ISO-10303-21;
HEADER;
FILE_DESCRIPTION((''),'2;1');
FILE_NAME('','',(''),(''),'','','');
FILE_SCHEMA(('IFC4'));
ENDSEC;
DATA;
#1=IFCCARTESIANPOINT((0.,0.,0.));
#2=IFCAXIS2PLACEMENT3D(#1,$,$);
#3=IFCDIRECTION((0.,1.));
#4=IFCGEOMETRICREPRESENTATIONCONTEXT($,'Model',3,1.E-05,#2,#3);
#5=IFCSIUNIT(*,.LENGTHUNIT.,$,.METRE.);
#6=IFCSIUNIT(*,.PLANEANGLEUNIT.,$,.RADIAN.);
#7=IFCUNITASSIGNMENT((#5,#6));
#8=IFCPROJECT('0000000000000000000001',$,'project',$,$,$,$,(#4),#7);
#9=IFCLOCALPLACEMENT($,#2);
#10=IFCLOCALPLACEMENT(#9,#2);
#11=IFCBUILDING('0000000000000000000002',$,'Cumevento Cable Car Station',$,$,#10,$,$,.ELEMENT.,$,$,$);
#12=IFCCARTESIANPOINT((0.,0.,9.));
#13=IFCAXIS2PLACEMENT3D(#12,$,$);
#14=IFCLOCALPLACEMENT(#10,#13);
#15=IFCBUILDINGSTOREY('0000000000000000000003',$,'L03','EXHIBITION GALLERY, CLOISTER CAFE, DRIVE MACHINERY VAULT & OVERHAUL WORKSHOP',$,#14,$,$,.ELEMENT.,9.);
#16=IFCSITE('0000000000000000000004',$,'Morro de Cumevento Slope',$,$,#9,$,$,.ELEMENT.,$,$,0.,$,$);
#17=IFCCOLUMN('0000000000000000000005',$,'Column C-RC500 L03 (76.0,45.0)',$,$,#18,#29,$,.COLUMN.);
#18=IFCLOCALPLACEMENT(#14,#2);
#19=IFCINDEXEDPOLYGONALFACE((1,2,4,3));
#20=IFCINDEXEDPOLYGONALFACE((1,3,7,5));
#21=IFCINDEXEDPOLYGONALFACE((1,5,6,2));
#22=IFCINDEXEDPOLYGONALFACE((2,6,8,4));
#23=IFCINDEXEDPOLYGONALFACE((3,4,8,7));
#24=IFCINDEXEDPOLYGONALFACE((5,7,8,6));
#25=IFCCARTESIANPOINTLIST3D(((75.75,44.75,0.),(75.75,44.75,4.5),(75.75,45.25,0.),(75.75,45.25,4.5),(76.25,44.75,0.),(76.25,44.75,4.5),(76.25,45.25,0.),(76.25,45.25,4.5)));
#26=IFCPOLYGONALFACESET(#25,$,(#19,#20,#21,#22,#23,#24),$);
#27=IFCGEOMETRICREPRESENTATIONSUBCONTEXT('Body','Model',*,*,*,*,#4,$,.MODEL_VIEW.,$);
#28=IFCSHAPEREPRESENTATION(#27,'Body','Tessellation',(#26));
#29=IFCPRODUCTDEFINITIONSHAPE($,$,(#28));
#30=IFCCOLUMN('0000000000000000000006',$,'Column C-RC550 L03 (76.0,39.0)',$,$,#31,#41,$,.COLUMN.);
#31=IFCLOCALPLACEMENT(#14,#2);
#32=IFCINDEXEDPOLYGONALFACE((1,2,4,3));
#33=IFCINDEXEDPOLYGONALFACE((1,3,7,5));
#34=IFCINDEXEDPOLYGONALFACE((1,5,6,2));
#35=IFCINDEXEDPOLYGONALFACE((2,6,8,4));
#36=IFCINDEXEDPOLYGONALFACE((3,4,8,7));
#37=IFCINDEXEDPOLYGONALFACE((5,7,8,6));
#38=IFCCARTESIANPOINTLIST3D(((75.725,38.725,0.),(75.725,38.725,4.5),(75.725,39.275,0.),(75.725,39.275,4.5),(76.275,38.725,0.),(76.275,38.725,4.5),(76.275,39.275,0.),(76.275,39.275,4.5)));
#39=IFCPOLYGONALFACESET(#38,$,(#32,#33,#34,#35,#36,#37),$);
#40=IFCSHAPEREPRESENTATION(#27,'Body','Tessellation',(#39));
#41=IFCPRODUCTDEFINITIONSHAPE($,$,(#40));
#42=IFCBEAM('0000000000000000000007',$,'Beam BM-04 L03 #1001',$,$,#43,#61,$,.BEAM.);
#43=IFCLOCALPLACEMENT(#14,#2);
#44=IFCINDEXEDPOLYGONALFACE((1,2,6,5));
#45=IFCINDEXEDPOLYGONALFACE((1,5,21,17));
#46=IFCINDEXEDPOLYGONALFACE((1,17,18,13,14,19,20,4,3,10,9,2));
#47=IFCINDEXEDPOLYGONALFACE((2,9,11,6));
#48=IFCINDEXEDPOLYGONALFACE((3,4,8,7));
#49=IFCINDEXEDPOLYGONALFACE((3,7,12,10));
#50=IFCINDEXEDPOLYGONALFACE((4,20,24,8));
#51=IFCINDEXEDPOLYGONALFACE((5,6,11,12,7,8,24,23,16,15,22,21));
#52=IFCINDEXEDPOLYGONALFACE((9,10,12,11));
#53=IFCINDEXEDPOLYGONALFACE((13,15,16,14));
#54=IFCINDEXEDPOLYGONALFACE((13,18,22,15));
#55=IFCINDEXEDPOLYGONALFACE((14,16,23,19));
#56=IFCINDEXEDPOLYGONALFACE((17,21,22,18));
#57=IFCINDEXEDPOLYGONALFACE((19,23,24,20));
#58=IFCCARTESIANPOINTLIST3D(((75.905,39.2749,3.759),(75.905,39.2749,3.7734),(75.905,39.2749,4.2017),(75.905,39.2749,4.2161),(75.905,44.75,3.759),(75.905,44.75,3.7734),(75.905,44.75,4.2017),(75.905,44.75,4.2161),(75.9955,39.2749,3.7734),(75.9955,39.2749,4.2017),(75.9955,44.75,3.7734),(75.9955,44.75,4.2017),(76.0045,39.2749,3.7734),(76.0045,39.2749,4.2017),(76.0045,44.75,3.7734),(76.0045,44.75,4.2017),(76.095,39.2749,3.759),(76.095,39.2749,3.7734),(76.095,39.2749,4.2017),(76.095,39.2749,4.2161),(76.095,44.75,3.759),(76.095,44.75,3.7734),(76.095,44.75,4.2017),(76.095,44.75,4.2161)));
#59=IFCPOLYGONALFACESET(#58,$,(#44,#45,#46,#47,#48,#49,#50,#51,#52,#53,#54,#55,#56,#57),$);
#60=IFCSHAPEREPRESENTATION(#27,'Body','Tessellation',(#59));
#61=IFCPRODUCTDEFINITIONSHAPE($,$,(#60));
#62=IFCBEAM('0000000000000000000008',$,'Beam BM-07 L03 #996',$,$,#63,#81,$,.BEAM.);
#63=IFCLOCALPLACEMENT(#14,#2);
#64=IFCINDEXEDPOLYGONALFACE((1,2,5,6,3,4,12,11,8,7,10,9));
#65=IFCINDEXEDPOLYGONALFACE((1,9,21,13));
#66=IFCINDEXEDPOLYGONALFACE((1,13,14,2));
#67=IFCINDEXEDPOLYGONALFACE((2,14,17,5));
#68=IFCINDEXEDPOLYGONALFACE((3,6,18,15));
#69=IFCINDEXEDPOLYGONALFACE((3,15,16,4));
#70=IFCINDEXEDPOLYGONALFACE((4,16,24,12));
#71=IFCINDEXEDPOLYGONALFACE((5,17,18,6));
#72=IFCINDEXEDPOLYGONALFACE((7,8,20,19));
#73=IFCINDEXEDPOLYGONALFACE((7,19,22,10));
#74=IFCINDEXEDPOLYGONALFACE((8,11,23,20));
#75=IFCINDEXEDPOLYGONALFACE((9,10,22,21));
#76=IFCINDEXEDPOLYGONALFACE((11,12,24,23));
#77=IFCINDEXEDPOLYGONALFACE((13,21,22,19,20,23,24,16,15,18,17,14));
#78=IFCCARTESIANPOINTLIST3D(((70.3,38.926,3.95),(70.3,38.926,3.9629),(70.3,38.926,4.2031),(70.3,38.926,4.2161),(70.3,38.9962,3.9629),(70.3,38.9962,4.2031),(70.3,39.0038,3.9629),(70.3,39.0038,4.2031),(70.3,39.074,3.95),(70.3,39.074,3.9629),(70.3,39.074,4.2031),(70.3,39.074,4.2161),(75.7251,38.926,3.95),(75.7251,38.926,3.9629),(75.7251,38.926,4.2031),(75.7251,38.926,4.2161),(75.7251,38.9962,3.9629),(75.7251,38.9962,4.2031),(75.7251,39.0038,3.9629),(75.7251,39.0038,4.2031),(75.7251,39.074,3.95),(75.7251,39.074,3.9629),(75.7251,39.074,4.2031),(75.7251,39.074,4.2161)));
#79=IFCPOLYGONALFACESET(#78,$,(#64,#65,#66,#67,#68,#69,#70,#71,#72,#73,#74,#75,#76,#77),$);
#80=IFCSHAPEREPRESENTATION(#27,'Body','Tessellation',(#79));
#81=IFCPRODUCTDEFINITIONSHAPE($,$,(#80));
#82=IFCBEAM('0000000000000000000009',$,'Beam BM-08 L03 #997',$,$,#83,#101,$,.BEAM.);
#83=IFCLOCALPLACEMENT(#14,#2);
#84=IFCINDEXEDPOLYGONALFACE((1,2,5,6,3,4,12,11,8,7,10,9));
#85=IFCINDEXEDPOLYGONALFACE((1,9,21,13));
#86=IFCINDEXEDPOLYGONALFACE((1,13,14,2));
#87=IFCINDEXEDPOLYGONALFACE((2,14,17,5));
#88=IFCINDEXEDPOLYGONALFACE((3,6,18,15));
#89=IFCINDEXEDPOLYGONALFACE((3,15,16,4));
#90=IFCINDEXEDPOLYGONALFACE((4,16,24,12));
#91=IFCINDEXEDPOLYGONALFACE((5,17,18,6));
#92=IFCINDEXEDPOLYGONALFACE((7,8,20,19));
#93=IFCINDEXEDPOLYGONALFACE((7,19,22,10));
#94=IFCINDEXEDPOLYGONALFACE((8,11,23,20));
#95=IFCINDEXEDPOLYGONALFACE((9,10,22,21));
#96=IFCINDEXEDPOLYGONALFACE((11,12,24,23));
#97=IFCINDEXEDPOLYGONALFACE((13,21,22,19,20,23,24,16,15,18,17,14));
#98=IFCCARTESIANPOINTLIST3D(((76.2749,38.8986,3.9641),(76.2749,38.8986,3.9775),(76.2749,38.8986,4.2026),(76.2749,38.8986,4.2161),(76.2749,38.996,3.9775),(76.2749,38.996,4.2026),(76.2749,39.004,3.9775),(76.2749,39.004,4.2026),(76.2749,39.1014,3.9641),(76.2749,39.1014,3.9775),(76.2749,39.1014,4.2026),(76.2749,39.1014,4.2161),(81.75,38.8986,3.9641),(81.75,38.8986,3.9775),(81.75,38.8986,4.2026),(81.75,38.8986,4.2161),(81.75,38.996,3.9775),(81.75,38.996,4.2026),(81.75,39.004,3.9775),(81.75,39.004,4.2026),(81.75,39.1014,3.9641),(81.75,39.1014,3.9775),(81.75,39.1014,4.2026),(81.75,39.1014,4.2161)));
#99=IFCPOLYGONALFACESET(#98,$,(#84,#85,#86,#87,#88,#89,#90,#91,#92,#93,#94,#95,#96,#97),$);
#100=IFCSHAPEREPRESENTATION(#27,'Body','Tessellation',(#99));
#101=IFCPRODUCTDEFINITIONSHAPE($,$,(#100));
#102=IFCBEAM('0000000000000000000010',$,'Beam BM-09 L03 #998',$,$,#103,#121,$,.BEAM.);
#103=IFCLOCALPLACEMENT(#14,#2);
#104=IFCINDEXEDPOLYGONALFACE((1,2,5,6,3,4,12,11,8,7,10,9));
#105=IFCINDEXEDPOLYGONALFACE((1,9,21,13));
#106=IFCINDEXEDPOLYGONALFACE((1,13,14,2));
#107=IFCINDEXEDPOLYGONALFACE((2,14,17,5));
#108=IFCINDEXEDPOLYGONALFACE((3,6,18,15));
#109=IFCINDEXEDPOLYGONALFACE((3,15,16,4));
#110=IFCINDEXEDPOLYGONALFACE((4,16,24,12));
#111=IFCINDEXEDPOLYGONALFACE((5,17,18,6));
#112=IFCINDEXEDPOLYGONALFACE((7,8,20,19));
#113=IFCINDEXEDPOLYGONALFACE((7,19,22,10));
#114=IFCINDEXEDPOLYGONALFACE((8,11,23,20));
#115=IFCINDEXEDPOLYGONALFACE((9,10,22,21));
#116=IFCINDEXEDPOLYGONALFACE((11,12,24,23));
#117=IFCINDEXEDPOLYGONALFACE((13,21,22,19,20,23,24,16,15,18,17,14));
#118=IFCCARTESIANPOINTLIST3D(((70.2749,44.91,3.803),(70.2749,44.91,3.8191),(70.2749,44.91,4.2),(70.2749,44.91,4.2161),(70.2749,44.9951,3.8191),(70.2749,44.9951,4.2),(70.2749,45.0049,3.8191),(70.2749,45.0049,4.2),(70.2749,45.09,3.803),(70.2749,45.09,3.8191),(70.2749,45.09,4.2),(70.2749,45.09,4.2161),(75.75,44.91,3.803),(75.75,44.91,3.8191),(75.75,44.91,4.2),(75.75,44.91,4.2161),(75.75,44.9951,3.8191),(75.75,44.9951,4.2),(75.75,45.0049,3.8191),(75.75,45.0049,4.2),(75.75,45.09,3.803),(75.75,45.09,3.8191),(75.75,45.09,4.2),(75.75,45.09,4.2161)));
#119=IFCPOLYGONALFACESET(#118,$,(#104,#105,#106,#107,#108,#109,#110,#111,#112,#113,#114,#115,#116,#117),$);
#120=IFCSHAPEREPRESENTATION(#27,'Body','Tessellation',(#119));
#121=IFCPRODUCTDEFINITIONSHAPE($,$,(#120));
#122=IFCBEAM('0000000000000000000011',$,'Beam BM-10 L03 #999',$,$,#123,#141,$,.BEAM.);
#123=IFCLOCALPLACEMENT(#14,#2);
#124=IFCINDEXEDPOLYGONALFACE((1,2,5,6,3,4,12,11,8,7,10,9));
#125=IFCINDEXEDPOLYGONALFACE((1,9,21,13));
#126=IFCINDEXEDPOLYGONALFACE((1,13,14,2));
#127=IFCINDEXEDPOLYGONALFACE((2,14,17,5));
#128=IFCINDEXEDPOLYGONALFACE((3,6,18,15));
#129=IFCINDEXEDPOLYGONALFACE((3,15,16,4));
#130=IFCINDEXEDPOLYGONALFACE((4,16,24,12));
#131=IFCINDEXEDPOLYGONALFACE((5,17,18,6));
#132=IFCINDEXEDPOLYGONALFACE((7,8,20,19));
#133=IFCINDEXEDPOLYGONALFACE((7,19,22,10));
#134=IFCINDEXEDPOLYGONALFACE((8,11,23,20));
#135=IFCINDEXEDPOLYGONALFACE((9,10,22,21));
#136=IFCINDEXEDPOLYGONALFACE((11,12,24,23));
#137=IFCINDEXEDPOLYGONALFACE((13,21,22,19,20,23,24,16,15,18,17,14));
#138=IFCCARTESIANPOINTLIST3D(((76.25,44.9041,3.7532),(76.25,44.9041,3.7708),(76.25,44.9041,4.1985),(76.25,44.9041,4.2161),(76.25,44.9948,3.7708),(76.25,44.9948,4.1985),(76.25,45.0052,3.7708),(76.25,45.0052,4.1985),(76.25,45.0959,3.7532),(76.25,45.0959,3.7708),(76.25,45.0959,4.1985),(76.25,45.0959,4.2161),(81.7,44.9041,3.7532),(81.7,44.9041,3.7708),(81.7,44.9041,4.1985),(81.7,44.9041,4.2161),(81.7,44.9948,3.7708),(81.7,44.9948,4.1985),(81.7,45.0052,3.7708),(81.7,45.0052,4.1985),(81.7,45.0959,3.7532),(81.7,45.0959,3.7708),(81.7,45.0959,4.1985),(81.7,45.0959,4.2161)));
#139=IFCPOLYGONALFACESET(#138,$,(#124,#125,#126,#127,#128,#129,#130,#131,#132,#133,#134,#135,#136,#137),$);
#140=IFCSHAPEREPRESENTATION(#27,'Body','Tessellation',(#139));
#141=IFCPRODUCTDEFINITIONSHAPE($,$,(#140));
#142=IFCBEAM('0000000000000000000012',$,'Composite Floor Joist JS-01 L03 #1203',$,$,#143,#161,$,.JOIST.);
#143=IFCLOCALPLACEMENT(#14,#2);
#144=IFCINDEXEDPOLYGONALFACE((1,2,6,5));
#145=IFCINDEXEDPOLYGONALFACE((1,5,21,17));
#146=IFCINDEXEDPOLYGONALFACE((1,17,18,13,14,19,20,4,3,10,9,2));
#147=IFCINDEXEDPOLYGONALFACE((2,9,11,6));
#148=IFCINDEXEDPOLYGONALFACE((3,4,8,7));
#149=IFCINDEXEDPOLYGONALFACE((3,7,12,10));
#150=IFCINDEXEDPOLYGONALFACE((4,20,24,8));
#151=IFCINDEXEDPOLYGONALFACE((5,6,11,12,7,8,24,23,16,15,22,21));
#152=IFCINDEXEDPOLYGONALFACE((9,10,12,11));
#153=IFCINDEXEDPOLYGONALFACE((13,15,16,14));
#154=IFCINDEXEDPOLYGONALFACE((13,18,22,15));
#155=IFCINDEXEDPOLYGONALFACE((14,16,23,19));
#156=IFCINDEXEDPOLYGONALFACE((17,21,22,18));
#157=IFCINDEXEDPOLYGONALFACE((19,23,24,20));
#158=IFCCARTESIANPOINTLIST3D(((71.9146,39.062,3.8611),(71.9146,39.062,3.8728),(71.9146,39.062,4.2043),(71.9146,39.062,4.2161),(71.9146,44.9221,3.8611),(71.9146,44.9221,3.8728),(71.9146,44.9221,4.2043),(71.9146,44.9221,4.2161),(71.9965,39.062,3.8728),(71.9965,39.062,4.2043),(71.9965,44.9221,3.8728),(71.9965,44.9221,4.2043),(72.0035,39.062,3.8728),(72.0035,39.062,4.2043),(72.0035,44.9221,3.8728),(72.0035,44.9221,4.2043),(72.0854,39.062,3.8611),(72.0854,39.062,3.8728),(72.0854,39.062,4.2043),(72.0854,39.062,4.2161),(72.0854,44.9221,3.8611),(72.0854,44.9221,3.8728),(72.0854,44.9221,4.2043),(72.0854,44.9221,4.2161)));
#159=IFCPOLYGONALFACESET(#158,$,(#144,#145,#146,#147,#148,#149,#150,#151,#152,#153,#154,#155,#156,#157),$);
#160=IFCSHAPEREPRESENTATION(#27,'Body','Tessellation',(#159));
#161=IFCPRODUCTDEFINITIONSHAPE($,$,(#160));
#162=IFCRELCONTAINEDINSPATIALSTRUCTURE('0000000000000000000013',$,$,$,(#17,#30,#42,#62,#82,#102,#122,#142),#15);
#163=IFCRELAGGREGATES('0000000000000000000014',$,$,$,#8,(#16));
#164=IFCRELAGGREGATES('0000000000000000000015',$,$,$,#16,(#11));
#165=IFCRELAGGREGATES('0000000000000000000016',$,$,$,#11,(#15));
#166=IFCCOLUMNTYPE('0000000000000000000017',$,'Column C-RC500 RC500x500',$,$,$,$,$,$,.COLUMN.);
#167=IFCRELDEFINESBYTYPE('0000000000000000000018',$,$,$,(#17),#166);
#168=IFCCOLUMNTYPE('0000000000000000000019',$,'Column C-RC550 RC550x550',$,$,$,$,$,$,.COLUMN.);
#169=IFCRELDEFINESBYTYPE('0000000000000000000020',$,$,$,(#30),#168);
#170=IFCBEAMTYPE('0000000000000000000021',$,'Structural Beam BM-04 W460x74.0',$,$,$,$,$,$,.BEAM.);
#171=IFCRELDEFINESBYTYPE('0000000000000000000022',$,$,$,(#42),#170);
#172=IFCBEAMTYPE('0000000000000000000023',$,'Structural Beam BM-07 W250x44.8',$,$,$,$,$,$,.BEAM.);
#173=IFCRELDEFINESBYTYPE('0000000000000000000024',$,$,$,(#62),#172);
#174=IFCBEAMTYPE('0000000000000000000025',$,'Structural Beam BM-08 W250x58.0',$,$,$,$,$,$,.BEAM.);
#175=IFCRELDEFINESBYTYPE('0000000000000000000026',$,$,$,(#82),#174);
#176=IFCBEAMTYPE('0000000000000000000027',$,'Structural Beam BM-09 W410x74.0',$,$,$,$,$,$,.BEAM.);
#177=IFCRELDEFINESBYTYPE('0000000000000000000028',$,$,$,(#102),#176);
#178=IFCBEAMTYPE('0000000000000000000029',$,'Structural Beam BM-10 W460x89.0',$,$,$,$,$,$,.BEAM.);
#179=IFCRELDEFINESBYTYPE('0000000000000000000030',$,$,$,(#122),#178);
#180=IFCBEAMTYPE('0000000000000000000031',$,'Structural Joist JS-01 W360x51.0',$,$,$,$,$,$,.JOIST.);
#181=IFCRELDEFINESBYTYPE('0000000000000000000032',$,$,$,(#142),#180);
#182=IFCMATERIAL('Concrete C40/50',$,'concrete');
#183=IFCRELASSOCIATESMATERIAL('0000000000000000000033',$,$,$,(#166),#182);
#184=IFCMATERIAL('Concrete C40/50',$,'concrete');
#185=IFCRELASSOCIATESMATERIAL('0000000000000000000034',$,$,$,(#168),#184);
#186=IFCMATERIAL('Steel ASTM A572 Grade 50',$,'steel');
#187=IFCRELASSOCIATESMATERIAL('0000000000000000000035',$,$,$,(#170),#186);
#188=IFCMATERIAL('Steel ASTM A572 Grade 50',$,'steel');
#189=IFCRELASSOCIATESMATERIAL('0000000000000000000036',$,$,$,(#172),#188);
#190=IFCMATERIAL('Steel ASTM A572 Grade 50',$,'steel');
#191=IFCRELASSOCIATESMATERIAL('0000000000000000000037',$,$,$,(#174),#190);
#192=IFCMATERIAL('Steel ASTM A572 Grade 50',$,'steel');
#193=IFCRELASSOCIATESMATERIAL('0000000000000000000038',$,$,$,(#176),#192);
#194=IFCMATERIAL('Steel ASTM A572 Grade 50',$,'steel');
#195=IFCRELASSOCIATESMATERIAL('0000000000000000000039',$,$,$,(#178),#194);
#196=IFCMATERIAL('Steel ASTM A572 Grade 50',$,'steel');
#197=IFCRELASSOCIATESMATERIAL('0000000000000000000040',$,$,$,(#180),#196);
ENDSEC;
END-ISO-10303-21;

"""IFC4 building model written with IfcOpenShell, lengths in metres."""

from ifc_helpers import new_model, si_unit, direction, frame, origin, origin_2d, place, context, subcontext, project, spatial, rectangle, i_section, extrude, material, material_profile, profile_set, type_object, element, save


model = new_model("IFC4")

# Units and contexts
model_context = context("Model", 3, precision=1e-05, world=origin(), true_north=direction((0.0, 1.0)))
body_context = subcontext(model_context, "Body", "Model", "MODEL_VIEW")
ifc_project = project(units=[si_unit("LENGTHUNIT", "METRE"), si_unit("PLANEANGLEUNIT", "RADIAN")], contexts=[model_context])

# Site, building, storey
site_placement = place(None, origin())
site = spatial("IfcSite", under=ifc_project, at=site_placement, Name="Morro de Cumevento Slope", CompositionType="ELEMENT", RefElevation=0.0)
building_placement = place(site_placement, origin())
building = spatial("IfcBuilding", under=site, at=building_placement, Name="Cumevento Cable Car Station", CompositionType="ELEMENT")
storey_placement = place(building_placement, frame((0.0, 0.0, 9.0)))
storey = spatial("IfcBuildingStorey", under=building, at=storey_placement, Name="L03", Description="EXHIBITION GALLERY, CLOISTER CAFE, DRIVE MACHINERY VAULT & OVERHAUL WORKSHOP", CompositionType="ELEMENT", Elevation=9.0)

# Columns
ifc_material_1 = material(Name="Concrete C40/50", Category="concrete")
ifc_material_profile_1 = material_profile(ifc_material_1, rectangle(XDim=0.5, YDim=0.5, at=origin_2d()), Name="RC500x500")
ifc_profile_set_1 = profile_set([ifc_material_profile_1], Name="Concrete C40/50")
column_type_1 = type_object("IfcColumnType", Name="Column C-RC500 RC500x500", PredefinedType="COLUMN", material=ifc_profile_set_1)
column_1_placement = place(storey_placement, frame((76.0, 45.0, 0.0), z_axis=(0.0, 0.0, 1.0), x_axis=(1.0, 0.0, 0.0)))
element("IfcColumn", 1, at=column_1_placement, inside=storey, type_object=column_type_1, Name="Column C-RC500 L03 (76.0,45.0)", PredefinedType="COLUMN", context=body_context, shape_type="SweptSolid", body=[
    extrude(rectangle(XDim=0.5, YDim=0.5, at=origin_2d()), origin(), (0.0, 0.0, 1.0), 4.5),
])
ifc_material_2 = material(Name="Concrete C40/50", Category="concrete")
ifc_material_profile_2 = material_profile(ifc_material_2, rectangle(XDim=0.55, YDim=0.55, at=origin_2d()), Name="RC550x550")
ifc_profile_set_2 = profile_set([ifc_material_profile_2], Name="Concrete C40/50")
column_type_2 = type_object("IfcColumnType", Name="Column C-RC550 RC550x550", PredefinedType="COLUMN", material=ifc_profile_set_2)
column_2_placement = place(storey_placement, frame((76.0, 39.0, 0.0), z_axis=(0.0, 0.0, 1.0), x_axis=(1.0, 0.0, 0.0)))
element("IfcColumn", 2, at=column_2_placement, inside=storey, type_object=column_type_2, Name="Column C-RC550 L03 (76.0,39.0)", PredefinedType="COLUMN", context=body_context, shape_type="SweptSolid", body=[
    extrude(rectangle(XDim=0.55, YDim=0.55, at=origin_2d()), origin(), (0.0, 0.0, 1.0), 4.5),
])

# Beams
ifc_material_3 = material(Name="Steel ASTM A572 Grade 50", Category="steel")
ifc_material_profile_3 = material_profile(ifc_material_3, i_section(OverallWidth=0.1899, OverallDepth=0.457, WebThickness=0.009, FlangeThickness=0.0144, at=origin_2d()), Name="W460x74.0")
ifc_profile_set_3 = profile_set([ifc_material_profile_3], Name="Steel ASTM A572 Grade 50")
beam_type_1 = type_object("IfcBeamType", Name="Structural Beam BM-04 W460x74.0", PredefinedType="BEAM", material=ifc_profile_set_3)
beam_1_placement = place(storey_placement, frame((76.0, 39.2749, 3.9875), z_axis=(0.0, 1.0, 0.0), x_axis=(-1.0, 0.0, 0.0)))
element("IfcBeam", 3, at=beam_1_placement, inside=storey, type_object=beam_type_1, Name="Beam BM-04 L03 #1001", PredefinedType="BEAM", context=body_context, shape_type="SweptSolid", body=[
    extrude(i_section(OverallWidth=0.1899, OverallDepth=0.457, WebThickness=0.009, FlangeThickness=0.0144, at=origin_2d()), origin(), (0.0, 0.0, 1.0), 5.4751),
])
ifc_material_4 = material(Name="Steel ASTM A572 Grade 50", Category="steel")
ifc_material_profile_4 = material_profile(ifc_material_4, i_section(OverallWidth=0.1479, OverallDepth=0.2661, WebThickness=0.0076, FlangeThickness=0.0129, at=origin_2d()), Name="W250x44.8")
ifc_profile_set_4 = profile_set([ifc_material_profile_4], Name="Steel ASTM A572 Grade 50")
beam_type_2 = type_object("IfcBeamType", Name="Structural Beam BM-07 W250x44.8", PredefinedType="BEAM", material=ifc_profile_set_4)
beam_2_placement = place(storey_placement, frame((70.3, 39.0, 4.083), z_axis=(1.0, 0.0, 0.0), x_axis=(0.0, 1.0, 0.0)))
element("IfcBeam", 4, at=beam_2_placement, inside=storey, type_object=beam_type_2, Name="Beam BM-07 L03 #996", PredefinedType="BEAM", context=body_context, shape_type="SweptSolid", body=[
    extrude(i_section(OverallWidth=0.1479, OverallDepth=0.2661, WebThickness=0.0076, FlangeThickness=0.0129, at=origin_2d()), origin(), (0.0, 0.0, 1.0), 5.425),
])
ifc_material_5 = material(Name="Steel ASTM A572 Grade 50", Category="steel")
ifc_material_profile_5 = material_profile(ifc_material_5, i_section(OverallWidth=0.2029, OverallDepth=0.252, WebThickness=0.0081, FlangeThickness=0.0134, at=origin_2d()), Name="W250x58.0")
ifc_profile_set_5 = profile_set([ifc_material_profile_5], Name="Steel ASTM A572 Grade 50")
beam_type_3 = type_object("IfcBeamType", Name="Structural Beam BM-08 W250x58.0", PredefinedType="BEAM", material=ifc_profile_set_5)
beam_3_placement = place(storey_placement, frame((76.2749, 39.0, 4.0901), z_axis=(1.0, 0.0, 0.0), x_axis=(0.0, 1.0, 0.0)))
element("IfcBeam", 5, at=beam_3_placement, inside=storey, type_object=beam_type_3, Name="Beam BM-08 L03 #997", PredefinedType="BEAM", context=body_context, shape_type="SweptSolid", body=[
    extrude(i_section(OverallWidth=0.2029, OverallDepth=0.252, WebThickness=0.0081, FlangeThickness=0.0134, at=origin_2d()), origin(), (0.0, 0.0, 1.0), 5.4751),
])
ifc_material_6 = material(Name="Steel ASTM A572 Grade 50", Category="steel")
ifc_material_profile_6 = material_profile(ifc_material_6, i_section(OverallWidth=0.1799, OverallDepth=0.4131, WebThickness=0.0098, FlangeThickness=0.0161, at=origin_2d()), Name="W410x74.0")
ifc_profile_set_6 = profile_set([ifc_material_profile_6], Name="Steel ASTM A572 Grade 50")
beam_type_4 = type_object("IfcBeamType", Name="Structural Beam BM-09 W410x74.0", PredefinedType="BEAM", material=ifc_profile_set_6)
beam_4_placement = place(storey_placement, frame((70.2749, 45.0, 4.0095), z_axis=(1.0, 0.0, 0.0), x_axis=(0.0, 1.0, 0.0)))
element("IfcBeam", 6, at=beam_4_placement, inside=storey, type_object=beam_type_4, Name="Beam BM-09 L03 #998", PredefinedType="BEAM", context=body_context, shape_type="SweptSolid", body=[
    extrude(i_section(OverallWidth=0.1799, OverallDepth=0.4131, WebThickness=0.0098, FlangeThickness=0.0161, at=origin_2d()), origin(), (0.0, 0.0, 1.0), 5.4751),
])
ifc_material_7 = material(Name="Steel ASTM A572 Grade 50", Category="steel")
ifc_material_profile_7 = material_profile(ifc_material_7, i_section(OverallWidth=0.1919, OverallDepth=0.4629, WebThickness=0.0105, FlangeThickness=0.0176, at=origin_2d()), Name="W460x89.0")
ifc_profile_set_7 = profile_set([ifc_material_profile_7], Name="Steel ASTM A572 Grade 50")
beam_type_5 = type_object("IfcBeamType", Name="Structural Beam BM-10 W460x89.0", PredefinedType="BEAM", material=ifc_profile_set_7)
beam_5_placement = place(storey_placement, frame((76.25, 45.0, 3.9846), z_axis=(1.0, 0.0, 0.0), x_axis=(0.0, 1.0, 0.0)))
element("IfcBeam", 7, at=beam_5_placement, inside=storey, type_object=beam_type_5, Name="Beam BM-10 L03 #999", PredefinedType="BEAM", context=body_context, shape_type="SweptSolid", body=[
    extrude(i_section(OverallWidth=0.1919, OverallDepth=0.4629, WebThickness=0.0105, FlangeThickness=0.0176, at=origin_2d()), origin(), (0.0, 0.0, 1.0), 5.45),
])
ifc_material_8 = material(Name="Steel ASTM A572 Grade 50", Category="steel")
ifc_material_profile_8 = material_profile(ifc_material_8, i_section(OverallWidth=0.1709, OverallDepth=0.355, WebThickness=0.0071, FlangeThickness=0.0117, at=origin_2d()), Name="W360x51.0")
ifc_profile_set_8 = profile_set([ifc_material_profile_8], Name="Steel ASTM A572 Grade 50")
beam_type_6 = type_object("IfcBeamType", Name="Structural Joist JS-01 W360x51.0", PredefinedType="JOIST", material=ifc_profile_set_8)
for number, where, z_axis, x_axis, name in (
    (8, (72.0, 39.062, 4.0386), (0.0, 1.0, 0.0), (-1.0, 0.0, 0.0), "Composite Floor Joist JS-01 L03 #1203"),
):
    element("IfcBeam", number, at=place(storey_placement, frame(where, z_axis=z_axis, x_axis=x_axis)), inside=storey, type_object=beam_type_6, Name=name, PredefinedType="JOIST", context=body_context, shape_type="SweptSolid", body=[
        extrude(i_section(OverallWidth=0.1709, OverallDepth=0.355, WebThickness=0.0071, FlangeThickness=0.0117, at=origin_2d()), origin(), (0.0, 0.0, 1.0), 5.8601),
    ])

save(model, "model.ifc")
